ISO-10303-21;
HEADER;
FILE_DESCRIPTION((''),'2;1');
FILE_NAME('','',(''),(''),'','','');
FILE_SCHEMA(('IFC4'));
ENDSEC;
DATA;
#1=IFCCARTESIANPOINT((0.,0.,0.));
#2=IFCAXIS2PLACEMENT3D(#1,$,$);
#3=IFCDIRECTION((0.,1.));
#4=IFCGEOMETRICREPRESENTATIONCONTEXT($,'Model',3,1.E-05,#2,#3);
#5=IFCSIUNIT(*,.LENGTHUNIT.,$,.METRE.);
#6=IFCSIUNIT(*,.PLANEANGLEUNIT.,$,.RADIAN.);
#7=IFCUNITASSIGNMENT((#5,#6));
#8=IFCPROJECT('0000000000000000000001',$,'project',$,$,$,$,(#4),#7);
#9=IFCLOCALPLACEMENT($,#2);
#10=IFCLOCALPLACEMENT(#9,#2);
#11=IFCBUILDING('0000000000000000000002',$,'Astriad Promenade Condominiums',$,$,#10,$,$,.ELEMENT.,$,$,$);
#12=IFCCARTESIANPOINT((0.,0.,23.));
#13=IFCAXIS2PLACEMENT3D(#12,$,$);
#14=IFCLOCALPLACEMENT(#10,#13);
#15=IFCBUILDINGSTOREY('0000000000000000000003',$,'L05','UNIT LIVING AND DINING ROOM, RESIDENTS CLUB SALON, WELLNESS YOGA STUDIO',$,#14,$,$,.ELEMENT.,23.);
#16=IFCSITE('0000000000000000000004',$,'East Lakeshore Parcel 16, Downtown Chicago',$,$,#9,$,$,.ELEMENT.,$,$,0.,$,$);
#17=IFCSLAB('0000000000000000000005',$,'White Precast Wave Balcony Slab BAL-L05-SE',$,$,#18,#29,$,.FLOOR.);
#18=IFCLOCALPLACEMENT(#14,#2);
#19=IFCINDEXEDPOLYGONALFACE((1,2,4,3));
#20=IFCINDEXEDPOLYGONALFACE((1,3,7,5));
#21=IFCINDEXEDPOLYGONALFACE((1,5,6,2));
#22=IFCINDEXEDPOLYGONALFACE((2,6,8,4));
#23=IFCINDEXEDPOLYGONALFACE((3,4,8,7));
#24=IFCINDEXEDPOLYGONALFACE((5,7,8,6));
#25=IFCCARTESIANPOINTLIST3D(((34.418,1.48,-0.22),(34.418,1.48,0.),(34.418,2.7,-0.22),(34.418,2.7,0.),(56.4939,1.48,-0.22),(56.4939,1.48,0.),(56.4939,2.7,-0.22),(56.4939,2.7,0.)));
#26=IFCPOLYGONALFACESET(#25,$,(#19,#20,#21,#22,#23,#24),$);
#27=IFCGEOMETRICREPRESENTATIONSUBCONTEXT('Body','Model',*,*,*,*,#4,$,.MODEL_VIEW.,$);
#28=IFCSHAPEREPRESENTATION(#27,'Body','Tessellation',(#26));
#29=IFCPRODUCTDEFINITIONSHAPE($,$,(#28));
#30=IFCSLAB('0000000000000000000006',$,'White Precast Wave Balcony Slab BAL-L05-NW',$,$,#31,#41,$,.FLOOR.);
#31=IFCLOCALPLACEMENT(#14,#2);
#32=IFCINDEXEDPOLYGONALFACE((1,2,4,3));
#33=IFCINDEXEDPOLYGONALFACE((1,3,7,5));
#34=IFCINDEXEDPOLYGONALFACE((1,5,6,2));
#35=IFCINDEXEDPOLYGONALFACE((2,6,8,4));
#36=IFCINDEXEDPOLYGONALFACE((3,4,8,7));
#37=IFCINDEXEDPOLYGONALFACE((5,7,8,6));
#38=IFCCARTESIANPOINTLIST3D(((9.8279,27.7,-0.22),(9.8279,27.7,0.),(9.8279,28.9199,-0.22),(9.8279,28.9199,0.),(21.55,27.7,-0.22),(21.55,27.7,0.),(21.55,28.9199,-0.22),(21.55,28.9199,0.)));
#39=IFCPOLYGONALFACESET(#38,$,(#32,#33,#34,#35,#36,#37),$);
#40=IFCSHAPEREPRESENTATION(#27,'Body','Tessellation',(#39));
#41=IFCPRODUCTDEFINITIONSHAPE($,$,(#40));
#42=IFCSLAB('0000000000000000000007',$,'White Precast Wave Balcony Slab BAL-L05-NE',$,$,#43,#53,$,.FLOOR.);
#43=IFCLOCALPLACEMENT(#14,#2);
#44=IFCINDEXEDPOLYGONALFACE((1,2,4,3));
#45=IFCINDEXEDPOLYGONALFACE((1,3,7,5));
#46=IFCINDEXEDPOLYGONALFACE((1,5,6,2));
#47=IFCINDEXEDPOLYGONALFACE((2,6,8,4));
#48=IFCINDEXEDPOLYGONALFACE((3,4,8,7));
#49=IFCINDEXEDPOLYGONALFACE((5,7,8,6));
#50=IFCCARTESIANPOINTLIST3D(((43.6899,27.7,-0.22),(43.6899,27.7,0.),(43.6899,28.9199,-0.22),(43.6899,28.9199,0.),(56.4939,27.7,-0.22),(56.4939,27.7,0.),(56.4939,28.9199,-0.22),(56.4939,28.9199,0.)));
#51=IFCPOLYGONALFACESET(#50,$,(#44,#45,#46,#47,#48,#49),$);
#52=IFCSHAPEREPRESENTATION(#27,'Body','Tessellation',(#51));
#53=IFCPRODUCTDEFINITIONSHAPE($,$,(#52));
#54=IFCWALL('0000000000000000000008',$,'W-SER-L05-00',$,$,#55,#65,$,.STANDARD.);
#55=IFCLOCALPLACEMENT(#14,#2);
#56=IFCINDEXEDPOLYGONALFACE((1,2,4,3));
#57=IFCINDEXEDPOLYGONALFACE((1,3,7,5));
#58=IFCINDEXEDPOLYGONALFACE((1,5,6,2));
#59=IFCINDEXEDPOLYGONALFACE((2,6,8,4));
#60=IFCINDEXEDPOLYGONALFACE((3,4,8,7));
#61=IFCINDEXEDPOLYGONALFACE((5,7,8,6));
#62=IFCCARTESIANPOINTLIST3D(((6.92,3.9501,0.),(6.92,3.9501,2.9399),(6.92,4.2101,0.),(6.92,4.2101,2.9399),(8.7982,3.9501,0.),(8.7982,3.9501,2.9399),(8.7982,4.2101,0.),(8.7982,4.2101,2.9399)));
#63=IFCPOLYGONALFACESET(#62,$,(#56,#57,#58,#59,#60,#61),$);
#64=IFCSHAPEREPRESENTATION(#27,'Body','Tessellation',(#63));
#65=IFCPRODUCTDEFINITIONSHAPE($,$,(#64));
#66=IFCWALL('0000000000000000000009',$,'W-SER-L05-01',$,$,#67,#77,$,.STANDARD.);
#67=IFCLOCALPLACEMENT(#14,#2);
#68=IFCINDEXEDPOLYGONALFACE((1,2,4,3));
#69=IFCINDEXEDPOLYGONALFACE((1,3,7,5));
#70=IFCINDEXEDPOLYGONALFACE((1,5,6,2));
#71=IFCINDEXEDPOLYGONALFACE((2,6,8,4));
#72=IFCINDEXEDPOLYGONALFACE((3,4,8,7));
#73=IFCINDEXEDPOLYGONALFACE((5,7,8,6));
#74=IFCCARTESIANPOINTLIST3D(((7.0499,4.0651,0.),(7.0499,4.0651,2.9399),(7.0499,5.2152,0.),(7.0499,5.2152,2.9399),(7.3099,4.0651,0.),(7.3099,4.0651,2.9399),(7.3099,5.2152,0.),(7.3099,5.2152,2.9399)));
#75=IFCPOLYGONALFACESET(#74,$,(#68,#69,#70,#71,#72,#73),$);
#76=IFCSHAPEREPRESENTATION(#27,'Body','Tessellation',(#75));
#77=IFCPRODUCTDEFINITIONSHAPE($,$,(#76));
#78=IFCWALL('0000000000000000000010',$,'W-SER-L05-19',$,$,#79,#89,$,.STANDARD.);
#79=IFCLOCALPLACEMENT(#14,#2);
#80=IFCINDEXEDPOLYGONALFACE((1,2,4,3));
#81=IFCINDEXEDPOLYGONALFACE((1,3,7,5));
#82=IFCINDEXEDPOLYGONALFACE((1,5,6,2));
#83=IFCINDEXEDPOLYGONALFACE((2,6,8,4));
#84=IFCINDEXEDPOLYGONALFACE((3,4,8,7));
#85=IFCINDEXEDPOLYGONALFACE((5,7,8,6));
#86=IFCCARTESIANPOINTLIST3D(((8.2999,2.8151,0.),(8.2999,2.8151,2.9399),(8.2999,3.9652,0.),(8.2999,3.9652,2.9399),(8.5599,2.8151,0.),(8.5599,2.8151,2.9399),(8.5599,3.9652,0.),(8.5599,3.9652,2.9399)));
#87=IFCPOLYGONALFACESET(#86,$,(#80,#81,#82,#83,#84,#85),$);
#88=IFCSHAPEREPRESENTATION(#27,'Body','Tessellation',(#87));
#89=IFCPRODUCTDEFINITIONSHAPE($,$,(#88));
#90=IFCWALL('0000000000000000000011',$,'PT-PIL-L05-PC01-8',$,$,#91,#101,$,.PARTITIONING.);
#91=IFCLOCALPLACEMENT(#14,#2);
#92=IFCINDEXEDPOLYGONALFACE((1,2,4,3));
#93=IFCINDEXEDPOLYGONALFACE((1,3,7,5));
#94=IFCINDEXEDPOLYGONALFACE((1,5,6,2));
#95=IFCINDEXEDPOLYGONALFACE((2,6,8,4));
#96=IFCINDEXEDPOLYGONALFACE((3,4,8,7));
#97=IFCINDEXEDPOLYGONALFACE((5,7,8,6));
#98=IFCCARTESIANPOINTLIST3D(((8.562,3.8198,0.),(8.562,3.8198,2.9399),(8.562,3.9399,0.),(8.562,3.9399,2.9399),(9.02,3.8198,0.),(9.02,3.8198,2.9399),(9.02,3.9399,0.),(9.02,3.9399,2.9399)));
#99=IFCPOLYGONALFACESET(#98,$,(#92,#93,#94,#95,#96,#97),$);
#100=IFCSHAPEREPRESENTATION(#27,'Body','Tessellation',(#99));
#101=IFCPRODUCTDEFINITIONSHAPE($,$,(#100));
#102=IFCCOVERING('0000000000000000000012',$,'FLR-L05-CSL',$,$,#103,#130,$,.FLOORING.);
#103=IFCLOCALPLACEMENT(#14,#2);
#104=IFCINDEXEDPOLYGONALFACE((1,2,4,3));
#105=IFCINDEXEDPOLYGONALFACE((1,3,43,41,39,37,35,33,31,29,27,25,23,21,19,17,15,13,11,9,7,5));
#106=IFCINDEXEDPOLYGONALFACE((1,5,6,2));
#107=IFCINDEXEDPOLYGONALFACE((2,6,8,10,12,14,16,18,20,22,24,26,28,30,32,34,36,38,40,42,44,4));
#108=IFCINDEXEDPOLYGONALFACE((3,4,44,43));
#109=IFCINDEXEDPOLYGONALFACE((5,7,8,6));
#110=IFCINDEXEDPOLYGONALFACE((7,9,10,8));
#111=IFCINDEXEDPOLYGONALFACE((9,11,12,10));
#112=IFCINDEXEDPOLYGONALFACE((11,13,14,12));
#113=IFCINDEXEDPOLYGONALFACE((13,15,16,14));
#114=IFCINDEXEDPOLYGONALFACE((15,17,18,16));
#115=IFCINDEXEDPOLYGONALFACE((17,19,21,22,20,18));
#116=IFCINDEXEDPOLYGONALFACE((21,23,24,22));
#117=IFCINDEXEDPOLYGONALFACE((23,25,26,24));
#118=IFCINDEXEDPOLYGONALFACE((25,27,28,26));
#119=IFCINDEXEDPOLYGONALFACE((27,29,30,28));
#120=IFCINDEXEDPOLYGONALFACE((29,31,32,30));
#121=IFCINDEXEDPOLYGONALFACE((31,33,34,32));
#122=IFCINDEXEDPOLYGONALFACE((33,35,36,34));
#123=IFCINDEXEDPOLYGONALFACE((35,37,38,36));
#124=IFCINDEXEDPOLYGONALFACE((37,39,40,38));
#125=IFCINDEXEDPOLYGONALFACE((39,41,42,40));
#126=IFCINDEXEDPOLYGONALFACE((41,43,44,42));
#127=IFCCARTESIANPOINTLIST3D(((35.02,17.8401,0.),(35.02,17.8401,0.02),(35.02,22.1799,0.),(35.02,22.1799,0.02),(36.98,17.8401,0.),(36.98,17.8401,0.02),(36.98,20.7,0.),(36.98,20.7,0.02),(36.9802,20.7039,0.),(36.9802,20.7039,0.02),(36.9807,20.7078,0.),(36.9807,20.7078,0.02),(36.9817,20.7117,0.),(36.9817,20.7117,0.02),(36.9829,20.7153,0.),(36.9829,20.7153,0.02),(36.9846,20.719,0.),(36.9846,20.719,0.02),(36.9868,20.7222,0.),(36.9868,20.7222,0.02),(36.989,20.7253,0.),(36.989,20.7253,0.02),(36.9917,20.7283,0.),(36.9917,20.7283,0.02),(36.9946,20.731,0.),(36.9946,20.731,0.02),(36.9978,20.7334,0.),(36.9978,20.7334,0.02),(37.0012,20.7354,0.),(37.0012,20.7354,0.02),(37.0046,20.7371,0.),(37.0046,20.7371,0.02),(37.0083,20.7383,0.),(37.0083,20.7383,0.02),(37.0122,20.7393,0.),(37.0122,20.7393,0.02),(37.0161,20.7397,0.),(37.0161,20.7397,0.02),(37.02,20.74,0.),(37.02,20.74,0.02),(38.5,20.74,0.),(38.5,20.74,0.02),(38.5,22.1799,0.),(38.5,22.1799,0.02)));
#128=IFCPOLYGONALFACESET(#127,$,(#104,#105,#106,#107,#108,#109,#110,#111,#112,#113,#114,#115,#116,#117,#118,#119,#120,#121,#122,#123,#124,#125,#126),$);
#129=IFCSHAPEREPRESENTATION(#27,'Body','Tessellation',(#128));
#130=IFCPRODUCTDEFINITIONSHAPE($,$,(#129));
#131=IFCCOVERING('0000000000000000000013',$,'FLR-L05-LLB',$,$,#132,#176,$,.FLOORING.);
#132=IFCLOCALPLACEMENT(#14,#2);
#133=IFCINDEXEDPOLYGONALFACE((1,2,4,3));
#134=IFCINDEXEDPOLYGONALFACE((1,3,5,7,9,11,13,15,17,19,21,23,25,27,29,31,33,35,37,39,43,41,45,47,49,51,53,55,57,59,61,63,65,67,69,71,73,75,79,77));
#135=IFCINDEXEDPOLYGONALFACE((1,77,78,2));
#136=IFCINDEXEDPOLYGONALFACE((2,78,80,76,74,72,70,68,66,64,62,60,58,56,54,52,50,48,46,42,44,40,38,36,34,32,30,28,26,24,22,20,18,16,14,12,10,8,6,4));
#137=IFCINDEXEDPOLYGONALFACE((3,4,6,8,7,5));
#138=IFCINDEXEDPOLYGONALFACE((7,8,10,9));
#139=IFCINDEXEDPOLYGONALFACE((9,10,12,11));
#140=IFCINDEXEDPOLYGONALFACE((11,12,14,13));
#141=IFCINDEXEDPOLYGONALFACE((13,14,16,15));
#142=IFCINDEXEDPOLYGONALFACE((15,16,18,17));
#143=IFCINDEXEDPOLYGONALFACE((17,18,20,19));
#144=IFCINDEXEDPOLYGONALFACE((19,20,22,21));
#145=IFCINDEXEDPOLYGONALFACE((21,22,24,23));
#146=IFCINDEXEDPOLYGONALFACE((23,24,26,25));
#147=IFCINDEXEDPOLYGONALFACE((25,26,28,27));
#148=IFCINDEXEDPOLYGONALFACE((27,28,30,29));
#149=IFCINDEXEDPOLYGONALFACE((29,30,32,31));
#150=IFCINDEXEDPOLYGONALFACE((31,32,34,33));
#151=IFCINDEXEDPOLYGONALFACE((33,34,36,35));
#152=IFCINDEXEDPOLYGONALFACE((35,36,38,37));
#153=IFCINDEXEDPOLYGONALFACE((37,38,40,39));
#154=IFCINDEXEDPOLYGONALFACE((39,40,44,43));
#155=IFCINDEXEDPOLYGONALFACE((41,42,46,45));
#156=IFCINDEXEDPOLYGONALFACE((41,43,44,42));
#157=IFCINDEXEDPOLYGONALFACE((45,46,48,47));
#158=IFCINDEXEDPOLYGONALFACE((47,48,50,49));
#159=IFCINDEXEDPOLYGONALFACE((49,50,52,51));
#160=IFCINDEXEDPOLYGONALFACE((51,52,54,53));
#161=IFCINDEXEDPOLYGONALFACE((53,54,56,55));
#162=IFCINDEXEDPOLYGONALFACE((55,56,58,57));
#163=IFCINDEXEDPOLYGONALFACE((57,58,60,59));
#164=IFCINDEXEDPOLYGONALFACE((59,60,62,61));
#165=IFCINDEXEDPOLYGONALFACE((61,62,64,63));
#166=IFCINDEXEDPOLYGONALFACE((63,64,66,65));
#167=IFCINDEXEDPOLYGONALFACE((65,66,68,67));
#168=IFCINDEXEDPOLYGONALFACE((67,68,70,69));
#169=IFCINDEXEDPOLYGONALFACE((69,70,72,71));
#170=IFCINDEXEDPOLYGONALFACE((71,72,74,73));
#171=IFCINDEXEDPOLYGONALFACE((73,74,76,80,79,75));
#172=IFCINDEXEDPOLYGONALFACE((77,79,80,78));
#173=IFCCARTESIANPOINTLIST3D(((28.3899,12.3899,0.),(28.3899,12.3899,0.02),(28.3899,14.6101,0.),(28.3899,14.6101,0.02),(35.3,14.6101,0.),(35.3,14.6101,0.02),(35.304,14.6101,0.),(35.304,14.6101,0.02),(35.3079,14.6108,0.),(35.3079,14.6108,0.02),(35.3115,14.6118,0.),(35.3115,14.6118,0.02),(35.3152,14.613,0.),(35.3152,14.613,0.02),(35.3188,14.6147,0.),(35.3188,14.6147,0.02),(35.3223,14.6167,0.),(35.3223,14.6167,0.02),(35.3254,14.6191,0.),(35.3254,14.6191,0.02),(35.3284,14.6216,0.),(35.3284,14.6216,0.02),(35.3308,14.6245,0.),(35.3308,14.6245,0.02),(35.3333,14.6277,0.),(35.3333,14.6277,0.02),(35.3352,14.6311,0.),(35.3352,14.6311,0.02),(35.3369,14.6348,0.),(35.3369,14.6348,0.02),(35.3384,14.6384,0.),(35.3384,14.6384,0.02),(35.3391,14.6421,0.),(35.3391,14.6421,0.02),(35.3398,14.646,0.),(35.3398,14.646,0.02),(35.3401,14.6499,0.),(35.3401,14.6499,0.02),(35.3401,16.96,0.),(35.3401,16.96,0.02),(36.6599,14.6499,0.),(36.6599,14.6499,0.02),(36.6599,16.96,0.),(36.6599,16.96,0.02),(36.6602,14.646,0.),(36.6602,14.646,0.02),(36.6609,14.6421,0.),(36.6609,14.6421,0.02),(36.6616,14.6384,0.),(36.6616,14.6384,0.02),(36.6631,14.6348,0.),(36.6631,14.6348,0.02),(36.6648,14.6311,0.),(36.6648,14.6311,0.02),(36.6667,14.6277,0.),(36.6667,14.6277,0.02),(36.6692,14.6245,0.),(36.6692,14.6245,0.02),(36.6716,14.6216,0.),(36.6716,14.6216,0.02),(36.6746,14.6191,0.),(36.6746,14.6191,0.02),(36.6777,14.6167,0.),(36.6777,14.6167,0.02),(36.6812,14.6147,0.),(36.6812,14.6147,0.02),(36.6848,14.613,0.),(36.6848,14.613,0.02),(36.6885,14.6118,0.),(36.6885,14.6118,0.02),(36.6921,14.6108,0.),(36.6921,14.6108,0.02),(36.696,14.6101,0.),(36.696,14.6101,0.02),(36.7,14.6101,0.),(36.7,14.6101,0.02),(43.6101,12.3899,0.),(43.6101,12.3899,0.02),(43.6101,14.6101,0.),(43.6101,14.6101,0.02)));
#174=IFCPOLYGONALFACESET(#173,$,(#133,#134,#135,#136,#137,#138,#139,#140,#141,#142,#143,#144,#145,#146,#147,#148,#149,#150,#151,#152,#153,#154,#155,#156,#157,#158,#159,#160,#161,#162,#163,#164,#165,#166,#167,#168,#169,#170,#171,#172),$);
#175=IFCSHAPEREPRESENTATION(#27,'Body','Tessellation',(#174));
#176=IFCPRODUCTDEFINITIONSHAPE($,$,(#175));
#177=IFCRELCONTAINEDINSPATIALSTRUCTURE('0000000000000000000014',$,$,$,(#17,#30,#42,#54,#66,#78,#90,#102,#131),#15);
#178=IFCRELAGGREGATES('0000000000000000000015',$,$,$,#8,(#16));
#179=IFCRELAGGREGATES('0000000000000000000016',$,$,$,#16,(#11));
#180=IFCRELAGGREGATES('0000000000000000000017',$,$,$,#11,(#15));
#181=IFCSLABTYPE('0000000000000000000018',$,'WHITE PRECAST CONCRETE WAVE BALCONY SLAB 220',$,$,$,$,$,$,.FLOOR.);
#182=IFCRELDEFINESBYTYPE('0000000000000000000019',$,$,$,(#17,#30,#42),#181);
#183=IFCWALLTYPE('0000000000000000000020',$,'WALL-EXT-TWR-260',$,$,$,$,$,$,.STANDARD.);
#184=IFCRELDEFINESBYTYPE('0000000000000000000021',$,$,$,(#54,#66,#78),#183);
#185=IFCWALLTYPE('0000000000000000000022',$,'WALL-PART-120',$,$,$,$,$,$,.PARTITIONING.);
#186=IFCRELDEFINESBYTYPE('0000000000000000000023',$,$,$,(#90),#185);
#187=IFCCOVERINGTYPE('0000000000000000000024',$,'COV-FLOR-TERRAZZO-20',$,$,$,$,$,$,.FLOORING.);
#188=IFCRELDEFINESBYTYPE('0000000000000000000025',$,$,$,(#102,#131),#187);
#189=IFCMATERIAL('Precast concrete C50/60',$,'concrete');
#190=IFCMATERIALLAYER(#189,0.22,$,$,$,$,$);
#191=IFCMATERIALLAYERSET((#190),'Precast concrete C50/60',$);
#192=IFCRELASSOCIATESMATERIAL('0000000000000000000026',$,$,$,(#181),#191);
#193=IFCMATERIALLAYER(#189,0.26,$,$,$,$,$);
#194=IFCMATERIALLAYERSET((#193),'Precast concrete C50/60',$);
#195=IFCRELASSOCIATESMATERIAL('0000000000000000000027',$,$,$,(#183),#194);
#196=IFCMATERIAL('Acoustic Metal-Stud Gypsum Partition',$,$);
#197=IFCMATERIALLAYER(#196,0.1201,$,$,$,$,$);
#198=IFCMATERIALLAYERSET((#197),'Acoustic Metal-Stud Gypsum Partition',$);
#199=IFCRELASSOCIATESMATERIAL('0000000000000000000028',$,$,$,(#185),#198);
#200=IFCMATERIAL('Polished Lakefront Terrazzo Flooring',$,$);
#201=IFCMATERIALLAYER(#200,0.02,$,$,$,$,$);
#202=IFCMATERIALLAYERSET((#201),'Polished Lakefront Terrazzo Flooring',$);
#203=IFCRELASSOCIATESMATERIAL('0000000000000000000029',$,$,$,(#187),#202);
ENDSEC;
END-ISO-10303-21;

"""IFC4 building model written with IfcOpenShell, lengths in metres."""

from ifc_helpers import new_model, si_unit, direction, frame, frame_2d, origin, place, context, subcontext, project, spatial, polyline, rectangle, outline, extrude, material, layer, layer_set, type_object, element, save


model = new_model("IFC4")

# Units and contexts
model_context = context("Model", 3, precision=1e-05, world=origin(), true_north=direction((0.0, 1.0)))
body_context = subcontext(model_context, "Body", "Model", "MODEL_VIEW")
ifc_project = project(units=[si_unit("LENGTHUNIT", "METRE"), si_unit("PLANEANGLEUNIT", "RADIAN")], contexts=[model_context])

# Site, building, storey
site_placement = place(None, origin())
site = spatial("IfcSite", under=ifc_project, at=site_placement, Name="East Lakeshore Parcel 16, Downtown Chicago", CompositionType="ELEMENT", RefElevation=0.0)
building_placement = place(site_placement, origin())
building = spatial("IfcBuilding", under=site, at=building_placement, Name="Astriad Promenade Condominiums", CompositionType="ELEMENT")
storey_placement = place(building_placement, frame((0.0, 0.0, 23.0)))
storey = spatial("IfcBuildingStorey", under=building, at=storey_placement, Name="L05", Description="UNIT LIVING AND DINING ROOM, RESIDENTS CLUB SALON, WELLNESS YOGA STUDIO", CompositionType="ELEMENT", Elevation=23.0)

# Slabs
ifc_material_1 = material(Name="Precast concrete C50/60", Category="concrete")
ifc_layer_1 = layer(ifc_material_1, 0.22)
ifc_layer_set_1 = layer_set([ifc_layer_1], Name="Precast concrete C50/60")
slab_type_1 = type_object("IfcSlabType", Name="WHITE PRECAST CONCRETE WAVE BALCONY SLAB 220", PredefinedType="FLOOR", material=ifc_layer_set_1)
slab_1_placement = place(storey_placement, frame((0.0, 0.0, -0.22)))
element("IfcSlab", 1, at=slab_1_placement, inside=storey, type_object=slab_type_1, Name="White Precast Wave Balcony Slab BAL-L05-SE", PredefinedType="FLOOR", context=body_context, shape_type="SweptSolid", body=[
    extrude(outline(polyline([(34.418, 1.48), (56.4939, 1.48), (56.4939, 2.7), (34.418, 2.7), (34.418, 1.48)])), origin(), (0.0, 0.0, 1.0), 0.22),
])
slab_2_placement = place(storey_placement, frame((0.0, 0.0, -0.22)))
element("IfcSlab", 2, at=slab_2_placement, inside=storey, type_object=slab_type_1, Name="White Precast Wave Balcony Slab BAL-L05-NW", PredefinedType="FLOOR", context=body_context, shape_type="SweptSolid", body=[
    extrude(outline(polyline([(9.8279, 27.7), (21.55, 27.7), (21.55, 28.9199), (9.8279, 28.9199), (9.8279, 27.7)])), origin(), (0.0, 0.0, 1.0), 0.22),
])
slab_3_placement = place(storey_placement, frame((0.0, 0.0, -0.22)))
element("IfcSlab", 3, at=slab_3_placement, inside=storey, type_object=slab_type_1, Name="White Precast Wave Balcony Slab BAL-L05-NE", PredefinedType="FLOOR", context=body_context, shape_type="SweptSolid", body=[
    extrude(outline(polyline([(43.6899, 27.7), (56.4939, 27.7), (56.4939, 28.9199), (43.6899, 28.9199), (43.6899, 27.7)])), origin(), (0.0, 0.0, 1.0), 0.22),
])

# Walls
ifc_layer_2 = layer(ifc_material_1, 0.26)
ifc_layer_set_2 = layer_set([ifc_layer_2], Name="Precast concrete C50/60")
wall_type_1 = type_object("IfcWallType", Name="WALL-EXT-TWR-260", PredefinedType="STANDARD", material=ifc_layer_set_2)
wall_1_placement = place(storey_placement, frame((8.7981, 4.0801, 0.0), z_axis=(0.0, 0.0, 1.0), x_axis=(-1.0, 0.0, 0.0)))
element("IfcWall", 4, at=wall_1_placement, inside=storey, type_object=wall_type_1, Name="W-SER-L05-00", PredefinedType="STANDARD", context=body_context, shape_type="SweptSolid", body=[
    extrude(rectangle(XDim=1.8782, YDim=0.26, at=frame_2d((0.939, 0.0))), origin(), (0.0, 0.0, 1.0), 2.9399),
])
for number, where, z_axis, x_axis, name in (
    (5, (7.1799, 4.0649, 0.0), (0.0, 0.0, 1.0), (0.0, 1.0, 0.0), "W-SER-L05-01"),
    (6, (8.4299, 2.8149, 0.0), (0.0, 0.0, 1.0), (0.0, 1.0, 0.0), "W-SER-L05-19"),
):
    element("IfcWall", number, at=place(storey_placement, frame(where, z_axis=z_axis, x_axis=x_axis)), inside=storey, type_object=wall_type_1, Name=name, PredefinedType="STANDARD", context=body_context, shape_type="SweptSolid", body=[
        extrude(rectangle(XDim=1.1501, YDim=0.26, at=frame_2d((0.5752, 0.0))), origin(), (0.0, 0.0, 1.0), 2.9399),
    ])
ifc_material_2 = material(Name="Acoustic Metal-Stud Gypsum Partition")
ifc_layer_3 = layer(ifc_material_2, 0.1201)
ifc_layer_set_3 = layer_set([ifc_layer_3], Name="Acoustic Metal-Stud Gypsum Partition")
wall_type_2 = type_object("IfcWallType", Name="WALL-PART-120", PredefinedType="PARTITIONING", material=ifc_layer_set_3)
wall_2_placement = place(storey_placement, frame((9.02, 3.8799, 0.0), z_axis=(0.0, 0.0, 1.0), x_axis=(-1.0, 0.0, 0.0)))
element("IfcWall", 7, at=wall_2_placement, inside=storey, type_object=wall_type_2, Name="PT-PIL-L05-PC01-8", PredefinedType="PARTITIONING", context=body_context, shape_type="SweptSolid", body=[
    extrude(rectangle(XDim=0.458, YDim=0.1201, at=frame_2d((0.229, 0.0))), origin(), (0.0, 0.0, 1.0), 2.9399),
])

# Coverings
ifc_material_3 = material(Name="Polished Lakefront Terrazzo Flooring")
ifc_layer_4 = layer(ifc_material_3, 0.02)
ifc_layer_set_4 = layer_set([ifc_layer_4], Name="Polished Lakefront Terrazzo Flooring")
covering_type = type_object("IfcCoveringType", Name="COV-FLOR-TERRAZZO-20", PredefinedType="FLOORING", material=ifc_layer_set_4)
covering_1_placement = place(storey_placement, origin())
element("IfcCovering", 8, at=covering_1_placement, inside=storey, type_object=covering_type, Name="FLR-L05-CSL", PredefinedType="FLOORING", context=body_context, shape_type="SweptSolid", body=[
    extrude(outline(polyline([(36.98, 20.7), (36.98, 17.8401), (35.02, 17.8401), (35.02, 22.1799), (38.5, 22.1799), (38.5, 20.74), (37.02, 20.74), (37.0161, 20.7397), (37.0122, 20.7393), (37.0083, 20.7383), (37.0046, 20.7371), (37.0012, 20.7354), (36.9978, 20.7334), (36.9946, 20.731), (36.9917, 20.7283), (36.989, 20.7253), (36.9868, 20.7222), (36.9846, 20.719), (36.9829, 20.7153), (36.9817, 20.7117), (36.9807, 20.7078), (36.9802, 20.7039), (36.98, 20.7)])), origin(), (0.0, 0.0, 1.0), 0.02),
])
covering_2_placement = place(storey_placement, origin())
element("IfcCovering", 9, at=covering_2_placement, inside=storey, type_object=covering_type, Name="FLR-L05-LLB", PredefinedType="FLOORING", context=body_context, shape_type="SweptSolid", body=[
    extrude(outline(polyline([(43.6101, 14.6101), (43.6101, 12.3899), (28.3899, 12.3899), (28.3899, 14.6101), (35.3, 14.6101), (35.304, 14.6101), (35.3079, 14.6108), (35.3115, 14.6118), (35.3152, 14.613), (35.3188, 14.6147), (35.3223, 14.6167), (35.3254, 14.6191), (35.3284, 14.6216), (35.3308, 14.6245), (35.3333, 14.6277), (35.3352, 14.6311), (35.3369, 14.6348), (35.3384, 14.6384), (35.3391, 14.6421), (35.3398, 14.646), (35.3401, 14.6499), (35.3401, 16.96), (36.6599, 16.96), (36.6599, 14.6499), (36.6602, 14.646), (36.6609, 14.6421), (36.6616, 14.6384), (36.6631, 14.6348), (36.6648, 14.6311), (36.6667, 14.6277), (36.6692, 14.6245), (36.6716, 14.6216), (36.6746, 14.6191), (36.6777, 14.6167), (36.6812, 14.6147), (36.6848, 14.613), (36.6885, 14.6118), (36.6921, 14.6108), (36.696, 14.6101), (36.7, 14.6101), (43.6101, 14.6101)])), origin(), (0.0, 0.0, 1.0), 0.02),
])

save(model, "model.ifc")
